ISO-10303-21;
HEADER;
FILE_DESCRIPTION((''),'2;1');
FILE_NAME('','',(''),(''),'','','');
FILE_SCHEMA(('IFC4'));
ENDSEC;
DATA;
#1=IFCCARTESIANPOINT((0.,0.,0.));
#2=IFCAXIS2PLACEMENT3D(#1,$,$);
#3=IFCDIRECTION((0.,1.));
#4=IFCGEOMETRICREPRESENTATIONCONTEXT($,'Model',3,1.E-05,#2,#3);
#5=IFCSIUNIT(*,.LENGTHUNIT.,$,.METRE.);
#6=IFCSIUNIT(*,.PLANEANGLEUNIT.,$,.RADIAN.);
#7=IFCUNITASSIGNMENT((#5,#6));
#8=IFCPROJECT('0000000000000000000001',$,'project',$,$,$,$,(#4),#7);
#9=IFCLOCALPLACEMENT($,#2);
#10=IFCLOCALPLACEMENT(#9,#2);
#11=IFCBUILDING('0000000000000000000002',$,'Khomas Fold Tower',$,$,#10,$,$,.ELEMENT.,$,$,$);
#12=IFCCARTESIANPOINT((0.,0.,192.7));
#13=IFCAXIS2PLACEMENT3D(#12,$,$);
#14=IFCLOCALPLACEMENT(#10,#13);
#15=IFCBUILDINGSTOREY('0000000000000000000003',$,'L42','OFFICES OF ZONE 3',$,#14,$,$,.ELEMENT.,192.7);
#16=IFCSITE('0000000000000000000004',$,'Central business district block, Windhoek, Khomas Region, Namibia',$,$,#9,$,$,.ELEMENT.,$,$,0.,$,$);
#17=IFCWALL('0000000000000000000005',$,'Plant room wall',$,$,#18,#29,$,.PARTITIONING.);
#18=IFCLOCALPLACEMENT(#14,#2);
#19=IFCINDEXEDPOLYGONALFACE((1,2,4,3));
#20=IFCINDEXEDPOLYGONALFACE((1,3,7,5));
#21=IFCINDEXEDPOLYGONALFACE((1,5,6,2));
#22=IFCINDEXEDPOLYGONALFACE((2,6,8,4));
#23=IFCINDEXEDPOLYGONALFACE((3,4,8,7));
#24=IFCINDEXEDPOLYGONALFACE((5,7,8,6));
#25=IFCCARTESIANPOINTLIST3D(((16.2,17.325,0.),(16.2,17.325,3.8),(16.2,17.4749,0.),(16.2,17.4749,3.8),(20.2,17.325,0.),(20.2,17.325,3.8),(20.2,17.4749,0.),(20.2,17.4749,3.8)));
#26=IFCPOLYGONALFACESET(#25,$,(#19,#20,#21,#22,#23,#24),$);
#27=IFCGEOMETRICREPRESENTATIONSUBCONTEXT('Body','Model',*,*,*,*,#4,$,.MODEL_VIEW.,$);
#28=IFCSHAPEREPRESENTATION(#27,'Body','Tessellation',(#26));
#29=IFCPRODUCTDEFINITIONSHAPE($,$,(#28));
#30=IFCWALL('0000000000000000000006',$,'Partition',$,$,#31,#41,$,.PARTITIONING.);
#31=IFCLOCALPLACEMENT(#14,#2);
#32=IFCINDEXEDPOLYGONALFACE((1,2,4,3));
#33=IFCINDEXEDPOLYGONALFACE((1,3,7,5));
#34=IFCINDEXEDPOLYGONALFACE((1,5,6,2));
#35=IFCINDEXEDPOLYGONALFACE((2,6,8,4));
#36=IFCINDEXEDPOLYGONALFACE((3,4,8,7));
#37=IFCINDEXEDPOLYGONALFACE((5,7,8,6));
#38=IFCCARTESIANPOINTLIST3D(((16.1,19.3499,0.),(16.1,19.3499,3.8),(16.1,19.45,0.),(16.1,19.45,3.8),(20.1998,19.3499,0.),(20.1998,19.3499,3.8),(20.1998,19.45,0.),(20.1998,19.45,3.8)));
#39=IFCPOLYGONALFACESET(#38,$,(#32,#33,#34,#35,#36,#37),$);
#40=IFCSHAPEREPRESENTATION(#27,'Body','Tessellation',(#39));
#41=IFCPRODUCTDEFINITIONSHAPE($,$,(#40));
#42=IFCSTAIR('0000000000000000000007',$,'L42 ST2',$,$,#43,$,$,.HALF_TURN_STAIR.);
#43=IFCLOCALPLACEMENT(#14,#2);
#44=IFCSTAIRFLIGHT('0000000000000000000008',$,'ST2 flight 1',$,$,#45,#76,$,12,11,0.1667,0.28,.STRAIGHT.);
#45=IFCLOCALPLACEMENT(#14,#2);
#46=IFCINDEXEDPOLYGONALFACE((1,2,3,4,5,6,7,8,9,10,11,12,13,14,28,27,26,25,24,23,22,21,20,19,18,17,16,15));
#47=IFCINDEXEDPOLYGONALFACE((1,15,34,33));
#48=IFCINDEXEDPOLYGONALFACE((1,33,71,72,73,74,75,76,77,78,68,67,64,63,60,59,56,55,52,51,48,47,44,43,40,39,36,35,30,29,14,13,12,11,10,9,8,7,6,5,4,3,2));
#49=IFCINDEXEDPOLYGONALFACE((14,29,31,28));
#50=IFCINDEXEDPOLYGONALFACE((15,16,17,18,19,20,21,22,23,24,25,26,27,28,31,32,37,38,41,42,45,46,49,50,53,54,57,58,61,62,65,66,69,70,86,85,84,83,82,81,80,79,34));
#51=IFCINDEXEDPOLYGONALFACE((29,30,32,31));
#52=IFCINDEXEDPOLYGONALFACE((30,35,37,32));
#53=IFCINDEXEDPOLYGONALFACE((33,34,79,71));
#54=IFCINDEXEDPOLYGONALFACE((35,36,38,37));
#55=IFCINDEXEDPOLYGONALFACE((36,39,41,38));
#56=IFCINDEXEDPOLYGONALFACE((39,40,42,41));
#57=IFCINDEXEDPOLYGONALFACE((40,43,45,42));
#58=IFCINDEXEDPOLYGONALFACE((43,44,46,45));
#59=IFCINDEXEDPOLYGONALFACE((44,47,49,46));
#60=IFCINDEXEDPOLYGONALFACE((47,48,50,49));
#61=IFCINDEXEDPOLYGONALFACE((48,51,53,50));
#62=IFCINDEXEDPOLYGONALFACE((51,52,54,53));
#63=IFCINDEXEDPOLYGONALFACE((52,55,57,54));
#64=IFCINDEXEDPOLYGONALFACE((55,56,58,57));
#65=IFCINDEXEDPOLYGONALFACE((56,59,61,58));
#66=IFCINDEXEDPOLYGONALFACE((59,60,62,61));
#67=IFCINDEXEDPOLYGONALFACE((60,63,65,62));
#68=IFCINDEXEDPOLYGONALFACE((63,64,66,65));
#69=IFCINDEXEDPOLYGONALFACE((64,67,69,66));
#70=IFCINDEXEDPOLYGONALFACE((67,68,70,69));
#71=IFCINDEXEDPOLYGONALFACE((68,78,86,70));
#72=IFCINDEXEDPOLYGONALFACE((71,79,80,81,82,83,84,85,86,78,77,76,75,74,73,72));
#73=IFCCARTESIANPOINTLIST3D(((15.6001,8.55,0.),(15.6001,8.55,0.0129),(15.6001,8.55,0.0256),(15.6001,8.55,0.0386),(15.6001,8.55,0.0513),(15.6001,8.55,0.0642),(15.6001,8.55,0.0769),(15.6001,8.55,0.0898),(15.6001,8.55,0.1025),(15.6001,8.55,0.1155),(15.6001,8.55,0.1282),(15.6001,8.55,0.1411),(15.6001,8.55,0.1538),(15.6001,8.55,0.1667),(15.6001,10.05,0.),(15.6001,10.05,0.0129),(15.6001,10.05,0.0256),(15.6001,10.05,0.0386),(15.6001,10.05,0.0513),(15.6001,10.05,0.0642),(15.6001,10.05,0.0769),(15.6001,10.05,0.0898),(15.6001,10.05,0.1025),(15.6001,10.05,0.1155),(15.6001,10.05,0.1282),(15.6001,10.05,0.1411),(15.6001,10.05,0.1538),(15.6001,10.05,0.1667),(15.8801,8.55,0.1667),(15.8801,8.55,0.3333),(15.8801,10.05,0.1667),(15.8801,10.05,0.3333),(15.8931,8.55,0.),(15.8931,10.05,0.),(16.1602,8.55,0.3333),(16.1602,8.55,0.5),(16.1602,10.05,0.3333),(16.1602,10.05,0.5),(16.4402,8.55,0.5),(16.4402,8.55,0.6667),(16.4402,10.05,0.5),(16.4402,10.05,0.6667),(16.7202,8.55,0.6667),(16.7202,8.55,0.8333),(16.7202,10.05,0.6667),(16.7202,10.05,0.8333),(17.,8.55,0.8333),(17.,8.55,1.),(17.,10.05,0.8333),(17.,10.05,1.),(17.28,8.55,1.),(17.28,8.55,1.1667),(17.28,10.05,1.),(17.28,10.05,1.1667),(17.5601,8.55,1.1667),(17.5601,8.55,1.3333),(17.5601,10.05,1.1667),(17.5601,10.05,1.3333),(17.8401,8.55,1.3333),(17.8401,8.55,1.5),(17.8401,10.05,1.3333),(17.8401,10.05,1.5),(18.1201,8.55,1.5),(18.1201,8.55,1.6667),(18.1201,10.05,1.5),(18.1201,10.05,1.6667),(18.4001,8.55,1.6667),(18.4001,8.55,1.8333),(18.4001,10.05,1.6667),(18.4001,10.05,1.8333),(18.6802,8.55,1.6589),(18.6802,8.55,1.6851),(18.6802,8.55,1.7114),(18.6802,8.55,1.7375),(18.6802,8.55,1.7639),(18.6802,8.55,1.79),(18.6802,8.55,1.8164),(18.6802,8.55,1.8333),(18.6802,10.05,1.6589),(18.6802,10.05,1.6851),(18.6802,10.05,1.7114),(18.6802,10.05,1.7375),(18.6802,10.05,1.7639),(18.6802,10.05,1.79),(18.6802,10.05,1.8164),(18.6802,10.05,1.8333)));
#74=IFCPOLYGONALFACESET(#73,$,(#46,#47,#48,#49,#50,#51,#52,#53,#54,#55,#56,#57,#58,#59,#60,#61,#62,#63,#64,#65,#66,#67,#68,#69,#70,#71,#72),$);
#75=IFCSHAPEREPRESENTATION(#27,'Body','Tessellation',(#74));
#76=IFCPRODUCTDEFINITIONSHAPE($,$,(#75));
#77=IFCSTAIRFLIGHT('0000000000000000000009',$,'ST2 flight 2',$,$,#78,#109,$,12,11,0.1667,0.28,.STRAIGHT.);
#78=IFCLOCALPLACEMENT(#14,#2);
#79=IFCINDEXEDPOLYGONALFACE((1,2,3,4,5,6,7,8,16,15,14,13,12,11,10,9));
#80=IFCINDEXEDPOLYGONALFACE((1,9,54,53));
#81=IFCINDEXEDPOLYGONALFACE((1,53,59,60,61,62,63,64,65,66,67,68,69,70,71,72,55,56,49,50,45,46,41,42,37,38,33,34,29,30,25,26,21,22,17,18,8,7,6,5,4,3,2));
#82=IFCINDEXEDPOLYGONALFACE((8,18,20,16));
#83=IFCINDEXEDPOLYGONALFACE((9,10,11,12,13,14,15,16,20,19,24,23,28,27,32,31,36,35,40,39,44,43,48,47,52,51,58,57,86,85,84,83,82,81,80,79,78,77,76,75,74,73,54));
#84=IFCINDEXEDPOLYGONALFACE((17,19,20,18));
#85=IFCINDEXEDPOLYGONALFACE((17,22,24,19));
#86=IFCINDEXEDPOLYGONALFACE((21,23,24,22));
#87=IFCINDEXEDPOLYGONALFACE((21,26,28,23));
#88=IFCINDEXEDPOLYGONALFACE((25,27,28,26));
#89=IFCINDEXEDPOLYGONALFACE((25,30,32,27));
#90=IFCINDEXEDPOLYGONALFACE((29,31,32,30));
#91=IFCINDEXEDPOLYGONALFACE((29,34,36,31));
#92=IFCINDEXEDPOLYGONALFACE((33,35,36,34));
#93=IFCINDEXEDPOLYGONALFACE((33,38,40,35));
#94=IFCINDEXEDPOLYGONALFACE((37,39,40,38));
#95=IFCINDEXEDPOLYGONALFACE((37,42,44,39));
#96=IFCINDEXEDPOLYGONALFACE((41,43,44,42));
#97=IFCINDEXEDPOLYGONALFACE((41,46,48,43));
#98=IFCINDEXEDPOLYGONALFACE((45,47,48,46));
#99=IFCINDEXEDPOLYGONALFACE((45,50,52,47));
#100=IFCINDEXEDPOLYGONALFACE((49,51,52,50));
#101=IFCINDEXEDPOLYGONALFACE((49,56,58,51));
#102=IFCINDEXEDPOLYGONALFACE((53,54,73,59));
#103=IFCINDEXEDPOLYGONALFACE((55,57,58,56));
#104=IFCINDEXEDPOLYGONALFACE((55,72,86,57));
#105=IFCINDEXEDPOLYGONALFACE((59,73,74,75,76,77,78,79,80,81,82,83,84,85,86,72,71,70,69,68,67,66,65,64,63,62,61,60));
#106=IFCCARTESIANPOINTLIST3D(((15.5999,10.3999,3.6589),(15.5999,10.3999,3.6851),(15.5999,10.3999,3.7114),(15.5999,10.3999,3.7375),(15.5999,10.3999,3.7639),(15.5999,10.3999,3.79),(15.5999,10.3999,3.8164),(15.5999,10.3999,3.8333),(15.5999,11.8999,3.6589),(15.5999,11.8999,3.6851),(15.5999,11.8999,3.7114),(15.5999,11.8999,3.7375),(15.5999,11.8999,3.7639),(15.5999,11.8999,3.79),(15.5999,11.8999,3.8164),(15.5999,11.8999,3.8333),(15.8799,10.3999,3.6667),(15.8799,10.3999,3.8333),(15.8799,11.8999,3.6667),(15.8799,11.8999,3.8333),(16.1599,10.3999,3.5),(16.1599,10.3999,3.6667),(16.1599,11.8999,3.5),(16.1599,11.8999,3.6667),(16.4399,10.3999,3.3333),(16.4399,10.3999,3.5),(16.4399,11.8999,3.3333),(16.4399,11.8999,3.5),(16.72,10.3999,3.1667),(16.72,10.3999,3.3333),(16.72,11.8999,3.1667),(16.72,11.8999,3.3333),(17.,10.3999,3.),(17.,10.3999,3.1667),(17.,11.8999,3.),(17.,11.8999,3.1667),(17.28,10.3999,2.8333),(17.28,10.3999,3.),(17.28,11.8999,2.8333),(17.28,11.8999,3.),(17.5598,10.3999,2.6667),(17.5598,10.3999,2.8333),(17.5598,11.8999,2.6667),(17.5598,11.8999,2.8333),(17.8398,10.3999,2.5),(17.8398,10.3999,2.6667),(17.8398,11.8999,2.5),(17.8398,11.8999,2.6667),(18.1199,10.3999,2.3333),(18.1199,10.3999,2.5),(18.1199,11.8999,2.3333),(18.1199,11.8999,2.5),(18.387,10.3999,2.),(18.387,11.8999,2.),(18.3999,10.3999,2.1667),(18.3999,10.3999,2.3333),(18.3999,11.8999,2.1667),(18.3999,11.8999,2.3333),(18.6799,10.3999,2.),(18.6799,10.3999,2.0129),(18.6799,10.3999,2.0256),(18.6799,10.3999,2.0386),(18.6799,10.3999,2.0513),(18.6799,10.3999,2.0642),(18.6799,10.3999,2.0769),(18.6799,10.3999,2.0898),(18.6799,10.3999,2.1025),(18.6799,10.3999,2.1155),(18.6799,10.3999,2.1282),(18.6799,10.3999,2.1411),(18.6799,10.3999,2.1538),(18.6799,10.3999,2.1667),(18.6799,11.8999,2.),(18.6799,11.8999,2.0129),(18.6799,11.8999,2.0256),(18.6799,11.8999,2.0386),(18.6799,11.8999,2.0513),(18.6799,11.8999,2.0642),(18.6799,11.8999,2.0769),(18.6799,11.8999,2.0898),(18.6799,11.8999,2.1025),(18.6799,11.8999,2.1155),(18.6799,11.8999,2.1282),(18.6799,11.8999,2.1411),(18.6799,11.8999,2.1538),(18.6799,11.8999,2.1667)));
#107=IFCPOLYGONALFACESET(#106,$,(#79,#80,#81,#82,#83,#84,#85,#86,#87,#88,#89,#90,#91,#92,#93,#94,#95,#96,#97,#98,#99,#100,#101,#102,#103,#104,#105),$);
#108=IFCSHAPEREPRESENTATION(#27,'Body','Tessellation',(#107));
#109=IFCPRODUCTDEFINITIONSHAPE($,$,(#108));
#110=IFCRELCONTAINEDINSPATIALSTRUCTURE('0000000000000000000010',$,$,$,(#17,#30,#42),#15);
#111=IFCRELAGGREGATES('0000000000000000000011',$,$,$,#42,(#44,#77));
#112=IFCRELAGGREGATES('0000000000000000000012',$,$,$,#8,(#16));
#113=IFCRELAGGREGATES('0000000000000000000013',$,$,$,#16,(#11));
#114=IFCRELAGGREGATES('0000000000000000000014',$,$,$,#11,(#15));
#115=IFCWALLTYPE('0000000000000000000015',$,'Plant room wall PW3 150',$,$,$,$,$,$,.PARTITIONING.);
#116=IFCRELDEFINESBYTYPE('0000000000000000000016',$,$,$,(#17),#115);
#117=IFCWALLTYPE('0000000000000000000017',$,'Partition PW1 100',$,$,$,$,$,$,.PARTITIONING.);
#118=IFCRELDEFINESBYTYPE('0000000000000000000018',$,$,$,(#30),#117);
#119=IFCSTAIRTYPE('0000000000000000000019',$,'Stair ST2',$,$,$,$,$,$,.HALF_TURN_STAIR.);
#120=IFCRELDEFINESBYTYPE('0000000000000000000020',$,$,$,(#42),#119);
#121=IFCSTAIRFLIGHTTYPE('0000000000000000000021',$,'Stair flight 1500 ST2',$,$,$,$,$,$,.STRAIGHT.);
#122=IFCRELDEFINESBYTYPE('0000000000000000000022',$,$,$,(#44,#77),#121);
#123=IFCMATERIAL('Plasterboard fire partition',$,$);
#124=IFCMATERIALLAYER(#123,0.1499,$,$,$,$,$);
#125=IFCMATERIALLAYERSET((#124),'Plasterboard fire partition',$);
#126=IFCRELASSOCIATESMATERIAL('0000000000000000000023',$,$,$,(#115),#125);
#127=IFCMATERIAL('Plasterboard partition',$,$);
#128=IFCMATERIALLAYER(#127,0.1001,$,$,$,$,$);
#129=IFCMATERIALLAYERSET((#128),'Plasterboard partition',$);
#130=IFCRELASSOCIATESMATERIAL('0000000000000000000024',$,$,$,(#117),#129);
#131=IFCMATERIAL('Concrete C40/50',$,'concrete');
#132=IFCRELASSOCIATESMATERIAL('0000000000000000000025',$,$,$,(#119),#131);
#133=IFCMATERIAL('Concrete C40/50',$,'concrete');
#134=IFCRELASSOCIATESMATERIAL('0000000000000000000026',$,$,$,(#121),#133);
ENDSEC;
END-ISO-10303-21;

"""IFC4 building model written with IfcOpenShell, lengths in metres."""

from ifc_helpers import new_model, si_unit, direction, frame, frame_2d, origin, place, context, subcontext, project, spatial, polyline, rectangle, outline, extrude, source, transform, mapped, material, layer, layer_set, type_object, element, aggregate, save


model = new_model("IFC4")

# Units and contexts
model_context = context("Model", 3, precision=1e-05, world=origin(), true_north=direction((0.0, 1.0)))
body_context = subcontext(model_context, "Body", "Model", "MODEL_VIEW")
ifc_project = project(units=[si_unit("LENGTHUNIT", "METRE"), si_unit("PLANEANGLEUNIT", "RADIAN")], contexts=[model_context])

# Site, building, storey
site_placement = place(None, origin())
site = spatial("IfcSite", under=ifc_project, at=site_placement, Name="Central business district block, Windhoek, Khomas Region, Namibia", CompositionType="ELEMENT", RefElevation=0.0)
building_placement = place(site_placement, origin())
building = spatial("IfcBuilding", under=site, at=building_placement, Name="Khomas Fold Tower", CompositionType="ELEMENT")
storey_placement = place(building_placement, frame((0.0, 0.0, 192.7)))
storey = spatial("IfcBuildingStorey", under=building, at=storey_placement, Name="L42", Description="OFFICES OF ZONE 3", CompositionType="ELEMENT", Elevation=192.7)

# Walls
ifc_material_1 = material(Name="Plasterboard fire partition")
ifc_layer_1 = layer(ifc_material_1, 0.1499)
ifc_layer_set_1 = layer_set([ifc_layer_1], Name="Plasterboard fire partition")
wall_type_1 = type_object("IfcWallType", Name="Plant room wall PW3 150", PredefinedType="PARTITIONING", material=ifc_layer_set_1)
shared_shape_1 = source(origin(), body_context, "Body", "SweptSolid", [
    extrude(rectangle(XDim=4.0, YDim=0.1499, at=frame_2d((2.0, 0.0))), origin(), (0.0, 0.0, 1.0), 3.8),
])
wall_1_placement = place(storey_placement, frame((16.2, 17.3999, 0.0), z_axis=(0.0, 0.0, 1.0), x_axis=(1.0, 0.0, 0.0)))
element("IfcWall", 1, at=wall_1_placement, inside=storey, type_object=wall_type_1, Name="Plant room wall", PredefinedType="PARTITIONING", context=body_context, shape_type="MappedRepresentation", body=[
    mapped(shared_shape_1, transform((0.0, 0.0, 0.0))),
])
ifc_material_2 = material(Name="Plasterboard partition")
ifc_layer_2 = layer(ifc_material_2, 0.1001)
ifc_layer_set_2 = layer_set([ifc_layer_2], Name="Plasterboard partition")
wall_type_2 = type_object("IfcWallType", Name="Partition PW1 100", PredefinedType="PARTITIONING", material=ifc_layer_set_2)
shared_shape_2 = source(origin(), body_context, "Body", "SweptSolid", [
    extrude(rectangle(XDim=4.0999, YDim=0.1001, at=frame_2d((2.0498, 0.0))), origin(), (0.0, 0.0, 1.0), 3.8),
])
wall_2_placement = place(storey_placement, frame((16.1001, 19.3999, 0.0), z_axis=(0.0, 0.0, 1.0), x_axis=(1.0, 0.0, 0.0)))
element("IfcWall", 2, at=wall_2_placement, inside=storey, type_object=wall_type_2, Name="Partition", PredefinedType="PARTITIONING", context=body_context, shape_type="MappedRepresentation", body=[
    mapped(shared_shape_2, transform((0.0, 0.0, 0.0))),
])

# Stair, stair flights
ifc_material_3 = material(Name="Concrete C40/50", Category="concrete")
stair_type = type_object("IfcStairType", Name="Stair ST2", PredefinedType="HALF_TURN_STAIR", material=ifc_material_3)
stair_placement = place(storey_placement, origin())
stair = element("IfcStair", 3, at=stair_placement, inside=storey, type_object=stair_type, Name="L42 ST2", PredefinedType="HALF_TURN_STAIR")
ifc_material_4 = material(Name="Concrete C40/50", Category="concrete")
stair_flight_type = type_object("IfcStairFlightType", Name="Stair flight 1500 ST2", PredefinedType="STRAIGHT", material=ifc_material_4)
shared_shape_3 = source(origin(), body_context, "Body", "SweptSolid", [
    extrude(outline(polyline([(0.0, 0.0), (0.0, 0.0129), (0.0, 0.0256), (0.0, 0.0386), (0.0, 0.0513), (0.0, 0.0642), (0.0, 0.0769), (0.0, 0.0898), (0.0, 0.1025), (0.0, 0.1155), (0.0, 0.1282), (0.0, 0.1411), (0.0, 0.1538), (0.0, 0.1667), (0.28, 0.1667), (0.28, 0.3333), (0.5601, 0.3333), (0.5601, 0.5), (0.8401, 0.5), (0.8401, 0.6667), (1.1201, 0.6667), (1.1201, 0.8333), (1.3999, 0.8333), (1.3999, 1.0), (1.6799, 1.0), (1.6799, 1.1667), (1.96, 1.1667), (1.96, 1.3333), (2.24, 1.3333), (2.24, 1.5), (2.52, 1.5), (2.52, 1.6667), (2.8, 1.6667), (2.8, 1.8333), (3.0801, 1.8333), (3.0801, 2.0), (3.0801, 1.9739), (3.0801, 1.9475), (3.0801, 1.9214), (3.0801, 1.895), (3.0801, 1.8689), (3.0801, 1.8425), (3.0801, 1.8164), (3.0801, 1.79), (3.0801, 1.7639), (3.0801, 1.7375), (3.0801, 1.7114), (3.0801, 1.6851), (3.0801, 1.6589), (0.293, 0.0), (0.0, 0.0)])), frame((0.0, 0.75, 0.0), z_axis=(0.0, -1.0, 0.0), x_axis=(1.0, 0.0, 0.0)), (0.0, 0.0, 1.0), 1.5),
])
stair_flight_1_placement = place(storey_placement, frame((15.6001, 9.3, 0.0), z_axis=(0.0, 0.0, 1.0), x_axis=(1.0, 0.0, 0.0)))
stair_flight_1 = element("IfcStairFlight", 4, at=stair_flight_1_placement, type_object=stair_flight_type, Name="ST2 flight 1", NumberOfRisers=12, NumberOfTreads=11, PredefinedType="STRAIGHT", RiserHeight=0.1667, TreadLength=0.28, context=body_context, shape_type="MappedRepresentation", body=[
    mapped(shared_shape_3, transform((0.0, 0.0, 0.0))),
])
stair_flight_2_placement = place(storey_placement, frame((18.6799, 11.1499, 2.0), z_axis=(0.0, 0.0, 1.0), x_axis=(-1.0, 0.0, 0.0)))
stair_flight_2 = element("IfcStairFlight", 5, at=stair_flight_2_placement, type_object=stair_flight_type, Name="ST2 flight 2", NumberOfRisers=12, NumberOfTreads=11, PredefinedType="STRAIGHT", RiserHeight=0.1667, TreadLength=0.28, context=body_context, shape_type="MappedRepresentation", body=[
    mapped(shared_shape_3, transform((0.0, 0.0, 0.0))),
])
aggregate(stair, [stair_flight_1, stair_flight_2])

save(model, "model.ifc")
